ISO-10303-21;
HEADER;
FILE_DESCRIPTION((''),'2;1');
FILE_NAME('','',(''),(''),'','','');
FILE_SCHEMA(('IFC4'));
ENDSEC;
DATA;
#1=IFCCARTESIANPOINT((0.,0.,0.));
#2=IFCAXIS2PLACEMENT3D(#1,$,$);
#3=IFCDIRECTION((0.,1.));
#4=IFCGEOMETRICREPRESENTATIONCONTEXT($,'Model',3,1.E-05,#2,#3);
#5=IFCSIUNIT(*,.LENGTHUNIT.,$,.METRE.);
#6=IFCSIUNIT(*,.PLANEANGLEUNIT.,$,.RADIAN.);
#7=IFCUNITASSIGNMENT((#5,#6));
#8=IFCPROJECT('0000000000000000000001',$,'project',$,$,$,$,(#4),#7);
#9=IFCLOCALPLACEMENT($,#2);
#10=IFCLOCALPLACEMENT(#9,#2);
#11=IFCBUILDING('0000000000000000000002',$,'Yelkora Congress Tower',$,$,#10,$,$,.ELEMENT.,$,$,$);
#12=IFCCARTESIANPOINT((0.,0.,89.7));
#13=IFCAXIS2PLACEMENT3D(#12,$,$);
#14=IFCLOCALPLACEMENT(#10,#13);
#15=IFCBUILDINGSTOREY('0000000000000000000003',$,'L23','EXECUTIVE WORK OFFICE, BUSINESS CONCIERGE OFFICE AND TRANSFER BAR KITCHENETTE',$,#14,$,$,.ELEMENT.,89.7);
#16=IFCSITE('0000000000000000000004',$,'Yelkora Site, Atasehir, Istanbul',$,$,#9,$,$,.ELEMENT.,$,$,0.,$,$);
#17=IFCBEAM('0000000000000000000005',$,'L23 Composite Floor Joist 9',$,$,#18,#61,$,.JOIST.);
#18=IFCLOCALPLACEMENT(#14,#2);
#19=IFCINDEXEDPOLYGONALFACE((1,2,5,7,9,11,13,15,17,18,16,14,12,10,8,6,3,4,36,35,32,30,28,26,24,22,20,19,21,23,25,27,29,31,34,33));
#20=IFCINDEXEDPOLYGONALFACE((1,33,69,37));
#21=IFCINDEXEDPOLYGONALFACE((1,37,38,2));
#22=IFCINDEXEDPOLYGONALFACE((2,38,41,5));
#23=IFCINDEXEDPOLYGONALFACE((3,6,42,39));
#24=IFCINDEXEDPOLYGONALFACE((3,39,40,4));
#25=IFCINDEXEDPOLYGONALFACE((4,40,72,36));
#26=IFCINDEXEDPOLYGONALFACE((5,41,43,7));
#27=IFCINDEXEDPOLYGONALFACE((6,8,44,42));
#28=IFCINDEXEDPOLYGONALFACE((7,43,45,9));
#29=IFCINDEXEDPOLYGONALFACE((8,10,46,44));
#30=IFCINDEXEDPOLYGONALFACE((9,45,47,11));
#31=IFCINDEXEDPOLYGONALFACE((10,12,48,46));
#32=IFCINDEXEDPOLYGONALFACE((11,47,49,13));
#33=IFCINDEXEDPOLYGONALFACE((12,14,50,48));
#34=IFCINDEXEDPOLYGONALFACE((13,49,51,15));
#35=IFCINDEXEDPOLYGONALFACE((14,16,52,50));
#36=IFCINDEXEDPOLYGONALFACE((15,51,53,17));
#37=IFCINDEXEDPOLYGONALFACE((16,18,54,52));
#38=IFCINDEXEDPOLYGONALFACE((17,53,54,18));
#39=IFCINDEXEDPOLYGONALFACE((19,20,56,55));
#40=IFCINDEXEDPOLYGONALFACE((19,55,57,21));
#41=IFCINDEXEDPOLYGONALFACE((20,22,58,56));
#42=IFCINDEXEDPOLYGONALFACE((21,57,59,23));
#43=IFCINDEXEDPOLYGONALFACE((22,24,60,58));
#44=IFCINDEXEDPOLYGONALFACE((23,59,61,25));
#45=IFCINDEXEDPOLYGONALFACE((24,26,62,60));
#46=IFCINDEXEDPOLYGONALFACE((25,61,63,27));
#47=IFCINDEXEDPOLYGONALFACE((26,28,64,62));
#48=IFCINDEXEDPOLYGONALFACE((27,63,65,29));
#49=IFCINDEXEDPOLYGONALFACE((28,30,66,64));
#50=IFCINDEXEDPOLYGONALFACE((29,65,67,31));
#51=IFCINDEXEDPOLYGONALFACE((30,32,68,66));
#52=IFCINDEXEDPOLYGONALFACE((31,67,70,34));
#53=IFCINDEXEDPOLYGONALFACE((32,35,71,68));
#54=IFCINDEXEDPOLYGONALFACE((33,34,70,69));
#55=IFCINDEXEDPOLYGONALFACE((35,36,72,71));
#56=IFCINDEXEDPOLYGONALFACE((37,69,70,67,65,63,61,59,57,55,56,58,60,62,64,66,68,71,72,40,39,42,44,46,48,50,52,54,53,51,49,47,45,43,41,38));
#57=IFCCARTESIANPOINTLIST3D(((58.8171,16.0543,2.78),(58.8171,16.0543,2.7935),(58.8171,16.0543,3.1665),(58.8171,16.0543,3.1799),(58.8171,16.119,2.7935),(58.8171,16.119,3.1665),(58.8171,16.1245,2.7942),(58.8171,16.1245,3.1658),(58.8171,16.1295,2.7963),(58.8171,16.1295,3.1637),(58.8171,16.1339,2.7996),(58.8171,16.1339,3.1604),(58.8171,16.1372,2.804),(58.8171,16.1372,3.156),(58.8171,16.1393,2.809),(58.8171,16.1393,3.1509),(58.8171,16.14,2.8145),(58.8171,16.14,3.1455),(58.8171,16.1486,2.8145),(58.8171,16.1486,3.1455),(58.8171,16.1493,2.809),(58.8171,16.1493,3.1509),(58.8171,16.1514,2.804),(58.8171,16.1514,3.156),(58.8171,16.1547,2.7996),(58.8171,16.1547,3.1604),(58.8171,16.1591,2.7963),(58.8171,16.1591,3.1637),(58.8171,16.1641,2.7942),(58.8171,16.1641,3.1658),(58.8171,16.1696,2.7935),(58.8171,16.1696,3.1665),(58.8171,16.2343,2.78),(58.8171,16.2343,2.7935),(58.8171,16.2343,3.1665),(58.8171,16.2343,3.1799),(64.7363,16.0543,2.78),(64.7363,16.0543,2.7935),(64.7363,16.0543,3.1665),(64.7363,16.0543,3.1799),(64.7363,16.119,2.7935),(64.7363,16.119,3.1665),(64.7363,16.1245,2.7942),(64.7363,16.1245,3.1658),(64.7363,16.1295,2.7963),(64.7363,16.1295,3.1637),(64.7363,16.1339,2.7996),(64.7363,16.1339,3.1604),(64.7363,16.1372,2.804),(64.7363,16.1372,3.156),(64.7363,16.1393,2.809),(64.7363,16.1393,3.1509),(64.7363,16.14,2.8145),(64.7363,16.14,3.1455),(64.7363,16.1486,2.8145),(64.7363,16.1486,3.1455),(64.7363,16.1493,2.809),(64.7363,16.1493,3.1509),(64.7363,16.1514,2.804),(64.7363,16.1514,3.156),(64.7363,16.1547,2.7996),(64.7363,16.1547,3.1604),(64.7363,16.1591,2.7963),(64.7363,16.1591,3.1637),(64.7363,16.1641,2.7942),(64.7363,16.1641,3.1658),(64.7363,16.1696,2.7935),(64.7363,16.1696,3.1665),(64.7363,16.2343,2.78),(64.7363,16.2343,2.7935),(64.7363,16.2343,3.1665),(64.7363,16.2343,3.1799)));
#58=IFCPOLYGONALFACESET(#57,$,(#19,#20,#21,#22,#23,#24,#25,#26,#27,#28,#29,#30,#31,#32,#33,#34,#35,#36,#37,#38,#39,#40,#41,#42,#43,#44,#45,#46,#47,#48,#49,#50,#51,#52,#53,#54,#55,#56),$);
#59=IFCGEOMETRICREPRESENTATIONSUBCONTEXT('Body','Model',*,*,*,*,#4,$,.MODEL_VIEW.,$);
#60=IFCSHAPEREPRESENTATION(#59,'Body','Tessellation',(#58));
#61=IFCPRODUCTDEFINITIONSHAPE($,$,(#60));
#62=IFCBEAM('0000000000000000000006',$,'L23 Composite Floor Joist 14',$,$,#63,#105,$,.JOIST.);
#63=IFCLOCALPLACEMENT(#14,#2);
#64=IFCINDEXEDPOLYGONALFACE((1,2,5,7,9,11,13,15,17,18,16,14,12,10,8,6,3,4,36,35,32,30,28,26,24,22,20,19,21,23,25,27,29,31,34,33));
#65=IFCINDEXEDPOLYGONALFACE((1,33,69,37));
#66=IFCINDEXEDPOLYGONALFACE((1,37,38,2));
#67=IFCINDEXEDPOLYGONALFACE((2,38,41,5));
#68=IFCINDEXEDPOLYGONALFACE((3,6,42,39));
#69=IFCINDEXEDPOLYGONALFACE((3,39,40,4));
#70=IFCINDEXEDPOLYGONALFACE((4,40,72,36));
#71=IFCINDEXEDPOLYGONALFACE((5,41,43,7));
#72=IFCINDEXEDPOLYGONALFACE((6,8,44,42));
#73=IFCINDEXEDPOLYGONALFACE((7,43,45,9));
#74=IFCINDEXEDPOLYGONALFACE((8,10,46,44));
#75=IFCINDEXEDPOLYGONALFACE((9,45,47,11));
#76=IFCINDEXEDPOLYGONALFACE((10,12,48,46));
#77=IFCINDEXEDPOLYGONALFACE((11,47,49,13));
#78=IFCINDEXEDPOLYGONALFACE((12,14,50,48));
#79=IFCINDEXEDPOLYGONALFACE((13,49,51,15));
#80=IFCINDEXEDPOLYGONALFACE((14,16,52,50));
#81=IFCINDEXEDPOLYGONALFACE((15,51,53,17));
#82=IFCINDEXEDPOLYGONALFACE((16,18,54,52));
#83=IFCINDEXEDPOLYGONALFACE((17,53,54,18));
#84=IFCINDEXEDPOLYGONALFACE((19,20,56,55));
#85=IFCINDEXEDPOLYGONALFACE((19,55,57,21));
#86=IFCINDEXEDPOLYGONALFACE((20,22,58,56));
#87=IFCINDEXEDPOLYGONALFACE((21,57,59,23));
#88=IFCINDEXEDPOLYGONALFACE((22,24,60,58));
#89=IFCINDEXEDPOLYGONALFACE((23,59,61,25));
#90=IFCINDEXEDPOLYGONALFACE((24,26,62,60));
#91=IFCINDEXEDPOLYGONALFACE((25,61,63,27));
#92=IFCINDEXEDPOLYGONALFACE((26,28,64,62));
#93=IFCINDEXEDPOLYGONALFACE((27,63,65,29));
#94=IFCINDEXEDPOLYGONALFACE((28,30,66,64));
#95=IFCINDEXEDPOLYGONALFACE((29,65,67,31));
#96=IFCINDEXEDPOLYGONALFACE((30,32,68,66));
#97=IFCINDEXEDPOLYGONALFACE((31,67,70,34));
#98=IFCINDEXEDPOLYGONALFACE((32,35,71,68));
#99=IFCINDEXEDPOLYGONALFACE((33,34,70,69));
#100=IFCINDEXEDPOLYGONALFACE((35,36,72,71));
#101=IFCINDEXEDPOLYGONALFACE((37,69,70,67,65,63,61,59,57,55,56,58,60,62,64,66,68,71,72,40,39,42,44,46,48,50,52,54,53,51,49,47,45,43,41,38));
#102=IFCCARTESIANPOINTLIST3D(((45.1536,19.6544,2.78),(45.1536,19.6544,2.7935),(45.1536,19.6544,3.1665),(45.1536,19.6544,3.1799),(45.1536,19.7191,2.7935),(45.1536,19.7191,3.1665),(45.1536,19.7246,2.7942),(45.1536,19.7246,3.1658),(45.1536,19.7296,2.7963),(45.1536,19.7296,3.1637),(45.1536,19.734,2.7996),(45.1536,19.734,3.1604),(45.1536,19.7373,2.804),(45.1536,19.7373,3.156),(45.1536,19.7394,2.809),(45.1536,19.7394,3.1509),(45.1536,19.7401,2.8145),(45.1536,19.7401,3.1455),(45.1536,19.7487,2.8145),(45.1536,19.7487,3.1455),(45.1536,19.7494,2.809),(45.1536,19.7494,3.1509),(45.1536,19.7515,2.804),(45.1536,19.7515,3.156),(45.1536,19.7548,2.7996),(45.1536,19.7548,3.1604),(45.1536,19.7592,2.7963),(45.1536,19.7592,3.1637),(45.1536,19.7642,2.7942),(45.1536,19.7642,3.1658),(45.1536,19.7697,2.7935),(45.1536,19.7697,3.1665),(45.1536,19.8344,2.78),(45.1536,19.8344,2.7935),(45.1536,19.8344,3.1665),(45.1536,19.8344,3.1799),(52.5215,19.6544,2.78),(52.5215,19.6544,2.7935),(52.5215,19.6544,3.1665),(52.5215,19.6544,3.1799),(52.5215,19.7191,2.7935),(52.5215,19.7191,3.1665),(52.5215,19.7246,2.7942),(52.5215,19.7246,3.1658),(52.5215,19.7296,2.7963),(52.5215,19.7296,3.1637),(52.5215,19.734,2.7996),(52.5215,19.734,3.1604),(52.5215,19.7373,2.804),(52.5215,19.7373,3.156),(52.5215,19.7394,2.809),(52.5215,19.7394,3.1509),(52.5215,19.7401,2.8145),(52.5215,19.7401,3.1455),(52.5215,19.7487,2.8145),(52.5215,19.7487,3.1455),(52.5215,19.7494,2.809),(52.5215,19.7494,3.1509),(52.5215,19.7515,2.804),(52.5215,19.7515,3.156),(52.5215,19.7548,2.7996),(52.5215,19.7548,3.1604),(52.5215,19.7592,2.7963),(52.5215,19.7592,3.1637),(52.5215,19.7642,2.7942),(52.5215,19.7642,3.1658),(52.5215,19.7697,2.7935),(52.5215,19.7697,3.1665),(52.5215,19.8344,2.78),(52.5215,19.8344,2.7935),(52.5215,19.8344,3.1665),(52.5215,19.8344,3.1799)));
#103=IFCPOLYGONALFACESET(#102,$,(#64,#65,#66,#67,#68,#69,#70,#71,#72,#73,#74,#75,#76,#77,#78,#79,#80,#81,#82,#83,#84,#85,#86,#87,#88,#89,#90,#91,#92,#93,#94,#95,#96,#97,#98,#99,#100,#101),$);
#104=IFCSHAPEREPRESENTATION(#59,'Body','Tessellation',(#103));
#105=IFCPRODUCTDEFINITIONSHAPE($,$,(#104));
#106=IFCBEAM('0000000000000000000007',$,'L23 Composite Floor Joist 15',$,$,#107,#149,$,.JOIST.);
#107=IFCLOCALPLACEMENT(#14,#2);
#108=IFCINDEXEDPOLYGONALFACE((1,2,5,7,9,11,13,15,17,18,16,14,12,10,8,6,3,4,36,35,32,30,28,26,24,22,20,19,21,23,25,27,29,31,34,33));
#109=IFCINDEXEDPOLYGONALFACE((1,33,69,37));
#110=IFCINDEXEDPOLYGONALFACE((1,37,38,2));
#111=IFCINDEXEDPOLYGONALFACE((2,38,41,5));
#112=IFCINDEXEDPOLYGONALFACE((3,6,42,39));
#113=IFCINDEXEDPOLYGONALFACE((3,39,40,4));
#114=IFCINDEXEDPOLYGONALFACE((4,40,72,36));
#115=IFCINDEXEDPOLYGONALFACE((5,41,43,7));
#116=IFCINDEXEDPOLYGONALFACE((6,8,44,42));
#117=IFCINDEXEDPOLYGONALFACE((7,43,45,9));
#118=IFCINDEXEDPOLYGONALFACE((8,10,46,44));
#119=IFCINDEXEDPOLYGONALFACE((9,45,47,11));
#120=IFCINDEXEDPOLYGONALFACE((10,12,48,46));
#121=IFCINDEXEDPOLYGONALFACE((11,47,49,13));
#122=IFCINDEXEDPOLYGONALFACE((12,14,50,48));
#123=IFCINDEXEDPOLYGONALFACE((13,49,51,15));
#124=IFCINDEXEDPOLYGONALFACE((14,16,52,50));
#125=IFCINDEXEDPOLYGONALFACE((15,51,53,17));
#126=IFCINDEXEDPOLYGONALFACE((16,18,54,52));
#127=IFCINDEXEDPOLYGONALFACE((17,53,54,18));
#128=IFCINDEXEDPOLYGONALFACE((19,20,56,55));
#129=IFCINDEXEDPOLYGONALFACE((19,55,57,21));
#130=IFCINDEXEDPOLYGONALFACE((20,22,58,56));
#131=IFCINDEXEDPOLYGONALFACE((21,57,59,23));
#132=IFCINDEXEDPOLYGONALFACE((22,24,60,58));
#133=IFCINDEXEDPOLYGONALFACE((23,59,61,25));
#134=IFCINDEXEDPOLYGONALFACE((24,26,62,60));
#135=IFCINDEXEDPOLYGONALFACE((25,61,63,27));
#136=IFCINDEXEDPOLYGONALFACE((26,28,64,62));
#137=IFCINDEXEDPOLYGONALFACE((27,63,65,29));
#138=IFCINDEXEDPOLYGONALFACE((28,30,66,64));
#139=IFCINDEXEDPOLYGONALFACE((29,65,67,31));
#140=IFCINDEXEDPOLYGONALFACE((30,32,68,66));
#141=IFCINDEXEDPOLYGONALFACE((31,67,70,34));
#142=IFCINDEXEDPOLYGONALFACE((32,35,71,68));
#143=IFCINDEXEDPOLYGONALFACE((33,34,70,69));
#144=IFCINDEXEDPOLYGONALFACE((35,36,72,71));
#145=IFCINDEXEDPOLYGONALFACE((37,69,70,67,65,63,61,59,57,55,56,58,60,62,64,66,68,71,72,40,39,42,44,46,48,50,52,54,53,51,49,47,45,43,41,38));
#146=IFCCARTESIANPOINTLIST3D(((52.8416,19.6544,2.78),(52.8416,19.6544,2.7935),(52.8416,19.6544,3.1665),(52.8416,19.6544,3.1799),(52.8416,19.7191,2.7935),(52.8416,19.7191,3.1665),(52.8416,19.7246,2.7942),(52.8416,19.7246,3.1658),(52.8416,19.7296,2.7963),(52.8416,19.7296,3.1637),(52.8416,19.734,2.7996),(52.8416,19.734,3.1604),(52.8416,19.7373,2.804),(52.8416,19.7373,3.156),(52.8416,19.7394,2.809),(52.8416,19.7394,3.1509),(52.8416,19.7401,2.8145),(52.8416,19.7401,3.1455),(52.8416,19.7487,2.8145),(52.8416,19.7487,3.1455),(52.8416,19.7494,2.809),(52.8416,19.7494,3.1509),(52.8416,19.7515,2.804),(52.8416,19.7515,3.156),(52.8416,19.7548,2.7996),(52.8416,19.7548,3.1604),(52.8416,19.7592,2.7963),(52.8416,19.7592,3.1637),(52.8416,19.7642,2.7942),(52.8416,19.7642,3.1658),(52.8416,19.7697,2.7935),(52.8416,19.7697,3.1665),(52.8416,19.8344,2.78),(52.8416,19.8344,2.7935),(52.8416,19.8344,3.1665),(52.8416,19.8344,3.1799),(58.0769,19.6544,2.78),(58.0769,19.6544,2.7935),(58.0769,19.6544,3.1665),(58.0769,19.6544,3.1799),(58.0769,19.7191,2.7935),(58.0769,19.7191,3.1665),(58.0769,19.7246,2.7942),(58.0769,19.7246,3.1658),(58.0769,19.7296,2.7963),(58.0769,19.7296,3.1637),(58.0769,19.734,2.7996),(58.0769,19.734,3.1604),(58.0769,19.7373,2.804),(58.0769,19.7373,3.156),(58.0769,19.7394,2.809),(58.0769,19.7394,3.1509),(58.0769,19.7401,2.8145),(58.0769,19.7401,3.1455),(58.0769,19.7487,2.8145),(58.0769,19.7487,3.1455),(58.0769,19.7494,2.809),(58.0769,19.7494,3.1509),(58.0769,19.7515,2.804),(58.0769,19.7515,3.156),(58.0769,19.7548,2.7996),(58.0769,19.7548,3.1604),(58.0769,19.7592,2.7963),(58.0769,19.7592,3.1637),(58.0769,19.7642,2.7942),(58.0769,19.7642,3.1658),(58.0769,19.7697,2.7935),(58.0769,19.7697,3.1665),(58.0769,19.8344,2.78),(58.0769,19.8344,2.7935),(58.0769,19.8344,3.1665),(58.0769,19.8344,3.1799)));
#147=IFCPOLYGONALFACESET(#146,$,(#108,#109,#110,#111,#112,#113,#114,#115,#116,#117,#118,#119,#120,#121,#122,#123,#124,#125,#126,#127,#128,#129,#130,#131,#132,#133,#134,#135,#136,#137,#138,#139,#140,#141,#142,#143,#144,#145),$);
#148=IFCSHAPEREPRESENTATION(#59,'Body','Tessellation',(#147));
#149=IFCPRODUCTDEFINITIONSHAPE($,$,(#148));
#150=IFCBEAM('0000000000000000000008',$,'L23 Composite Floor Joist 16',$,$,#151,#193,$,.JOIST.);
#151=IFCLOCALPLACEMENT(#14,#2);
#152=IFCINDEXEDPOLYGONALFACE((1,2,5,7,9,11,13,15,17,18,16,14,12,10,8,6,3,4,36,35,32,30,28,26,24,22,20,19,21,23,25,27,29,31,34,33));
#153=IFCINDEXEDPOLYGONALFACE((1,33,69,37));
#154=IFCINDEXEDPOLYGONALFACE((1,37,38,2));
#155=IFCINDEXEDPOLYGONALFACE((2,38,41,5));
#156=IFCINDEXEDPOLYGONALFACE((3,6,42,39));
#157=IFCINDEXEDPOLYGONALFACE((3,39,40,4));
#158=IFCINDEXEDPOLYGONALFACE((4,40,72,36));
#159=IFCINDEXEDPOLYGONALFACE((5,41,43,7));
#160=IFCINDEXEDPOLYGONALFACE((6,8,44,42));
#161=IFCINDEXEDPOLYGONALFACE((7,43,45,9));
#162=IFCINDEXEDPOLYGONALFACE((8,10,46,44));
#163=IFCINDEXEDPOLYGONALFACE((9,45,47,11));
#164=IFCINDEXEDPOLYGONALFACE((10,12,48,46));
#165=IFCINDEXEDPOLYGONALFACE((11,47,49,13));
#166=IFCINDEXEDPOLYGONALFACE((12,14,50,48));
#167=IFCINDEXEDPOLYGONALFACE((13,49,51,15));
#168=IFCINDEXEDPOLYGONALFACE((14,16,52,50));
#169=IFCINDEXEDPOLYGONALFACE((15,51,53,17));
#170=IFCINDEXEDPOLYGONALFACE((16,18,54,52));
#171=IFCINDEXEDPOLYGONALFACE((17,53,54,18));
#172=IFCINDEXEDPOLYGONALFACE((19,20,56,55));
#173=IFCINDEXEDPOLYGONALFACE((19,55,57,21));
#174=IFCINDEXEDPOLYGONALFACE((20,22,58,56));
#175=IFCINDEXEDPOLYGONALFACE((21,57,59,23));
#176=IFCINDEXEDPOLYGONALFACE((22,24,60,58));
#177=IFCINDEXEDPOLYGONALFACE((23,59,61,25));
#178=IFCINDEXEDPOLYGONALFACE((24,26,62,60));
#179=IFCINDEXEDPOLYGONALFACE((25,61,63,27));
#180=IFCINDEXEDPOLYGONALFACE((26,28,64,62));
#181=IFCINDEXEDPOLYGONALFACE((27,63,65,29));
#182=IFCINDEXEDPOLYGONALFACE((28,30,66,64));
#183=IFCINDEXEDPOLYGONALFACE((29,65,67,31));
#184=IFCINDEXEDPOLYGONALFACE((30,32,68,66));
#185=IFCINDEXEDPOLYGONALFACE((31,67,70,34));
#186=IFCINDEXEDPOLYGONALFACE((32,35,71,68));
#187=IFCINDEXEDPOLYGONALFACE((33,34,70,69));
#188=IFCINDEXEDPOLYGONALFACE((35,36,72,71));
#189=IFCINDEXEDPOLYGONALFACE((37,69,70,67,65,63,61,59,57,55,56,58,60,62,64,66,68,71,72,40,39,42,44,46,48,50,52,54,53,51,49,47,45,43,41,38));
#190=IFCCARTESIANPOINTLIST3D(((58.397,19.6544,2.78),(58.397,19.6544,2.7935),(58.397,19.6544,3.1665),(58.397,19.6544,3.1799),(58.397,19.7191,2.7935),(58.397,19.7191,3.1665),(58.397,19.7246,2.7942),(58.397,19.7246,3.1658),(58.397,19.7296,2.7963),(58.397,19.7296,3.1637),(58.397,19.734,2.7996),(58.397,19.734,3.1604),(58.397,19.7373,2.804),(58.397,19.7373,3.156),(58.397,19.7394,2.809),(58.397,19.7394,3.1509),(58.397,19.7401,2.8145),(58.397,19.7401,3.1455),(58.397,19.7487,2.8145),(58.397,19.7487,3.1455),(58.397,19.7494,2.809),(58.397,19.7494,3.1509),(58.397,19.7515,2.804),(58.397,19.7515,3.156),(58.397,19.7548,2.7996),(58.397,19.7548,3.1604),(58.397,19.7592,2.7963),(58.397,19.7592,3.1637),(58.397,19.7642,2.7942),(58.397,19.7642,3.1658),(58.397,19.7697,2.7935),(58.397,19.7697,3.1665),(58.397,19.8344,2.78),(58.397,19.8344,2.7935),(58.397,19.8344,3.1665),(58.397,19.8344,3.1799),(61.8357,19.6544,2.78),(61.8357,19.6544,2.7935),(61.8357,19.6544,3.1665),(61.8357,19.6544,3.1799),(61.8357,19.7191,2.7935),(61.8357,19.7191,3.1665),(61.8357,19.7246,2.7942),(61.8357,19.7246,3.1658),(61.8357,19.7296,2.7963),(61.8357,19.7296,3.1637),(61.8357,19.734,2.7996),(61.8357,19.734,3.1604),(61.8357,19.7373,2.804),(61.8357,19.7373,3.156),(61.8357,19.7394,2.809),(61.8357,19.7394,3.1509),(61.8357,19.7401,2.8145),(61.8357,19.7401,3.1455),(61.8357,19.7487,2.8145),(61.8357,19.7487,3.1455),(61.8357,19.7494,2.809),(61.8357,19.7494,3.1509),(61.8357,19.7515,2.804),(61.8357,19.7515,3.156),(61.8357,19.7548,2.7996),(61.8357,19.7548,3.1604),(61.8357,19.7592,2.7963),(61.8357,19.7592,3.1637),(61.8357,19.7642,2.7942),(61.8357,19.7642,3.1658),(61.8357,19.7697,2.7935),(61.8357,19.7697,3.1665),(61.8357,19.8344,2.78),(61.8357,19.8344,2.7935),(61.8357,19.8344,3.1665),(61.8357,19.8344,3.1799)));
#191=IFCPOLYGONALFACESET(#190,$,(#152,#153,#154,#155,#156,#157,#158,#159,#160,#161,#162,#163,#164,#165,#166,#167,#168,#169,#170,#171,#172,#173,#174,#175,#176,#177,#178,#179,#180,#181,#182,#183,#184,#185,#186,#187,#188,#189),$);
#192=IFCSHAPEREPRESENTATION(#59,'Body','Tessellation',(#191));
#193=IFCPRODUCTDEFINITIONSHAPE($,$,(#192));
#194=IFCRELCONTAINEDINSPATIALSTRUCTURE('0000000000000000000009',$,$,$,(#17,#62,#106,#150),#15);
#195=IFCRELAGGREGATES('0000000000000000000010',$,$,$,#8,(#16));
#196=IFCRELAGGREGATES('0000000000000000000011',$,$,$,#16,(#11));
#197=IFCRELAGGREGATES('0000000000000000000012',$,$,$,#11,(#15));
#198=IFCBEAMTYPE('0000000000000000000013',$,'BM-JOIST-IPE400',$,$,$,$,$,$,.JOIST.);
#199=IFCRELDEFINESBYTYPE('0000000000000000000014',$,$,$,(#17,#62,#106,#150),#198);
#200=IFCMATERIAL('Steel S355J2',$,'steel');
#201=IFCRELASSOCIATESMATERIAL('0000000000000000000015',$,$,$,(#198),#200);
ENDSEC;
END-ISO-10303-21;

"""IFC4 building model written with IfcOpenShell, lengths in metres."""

from ifc_helpers import new_model, si_unit, direction, frame, origin, origin_2d, place, context, subcontext, project, spatial, i_section, extrude, material, material_profile, profile_set, type_object, element, save


model = new_model("IFC4")

# Units and contexts
model_context = context("Model", 3, precision=1e-05, world=origin(), true_north=direction((0.0, 1.0)))
body_context = subcontext(model_context, "Body", "Model", "MODEL_VIEW")
ifc_project = project(units=[si_unit("LENGTHUNIT", "METRE"), si_unit("PLANEANGLEUNIT", "RADIAN")], contexts=[model_context])

# Site, building, storey
site_placement = place(None, origin())
site = spatial("IfcSite", under=ifc_project, at=site_placement, Name="Yelkora Site, Atasehir, Istanbul", CompositionType="ELEMENT", RefElevation=0.0)
building_placement = place(site_placement, origin())
building = spatial("IfcBuilding", under=site, at=building_placement, Name="Yelkora Congress Tower", CompositionType="ELEMENT")
storey_placement = place(building_placement, frame((0.0, 0.0, 89.7)))
storey = spatial("IfcBuildingStorey", under=building, at=storey_placement, Name="L23", Description="EXECUTIVE WORK OFFICE, BUSINESS CONCIERGE OFFICE AND TRANSFER BAR KITCHENETTE", CompositionType="ELEMENT", Elevation=89.7)

# Beams
ifc_material_1 = material(Name="Steel S355J2", Category="steel")
ifc_material_profile_1 = material_profile(ifc_material_1, i_section(OverallWidth=0.1799, OverallDepth=0.3999, WebThickness=0.0085, FlangeThickness=0.0134, FilletRadius=0.021, at=origin_2d()), Name="IPE 400")
ifc_profile_set_1 = profile_set([ifc_material_profile_1], Name="Steel S355J2")
beam_type_1 = type_object("IfcBeamType", Name="BM-JOIST-IPE400", PredefinedType="JOIST", material=ifc_profile_set_1)
beam_1_placement = place(storey_placement, frame((58.8171, 16.1443, 2.98), z_axis=(1.0, 0.0, 0.0), x_axis=(0.0, 1.0, 0.0)))
element("IfcBeam", 1, at=beam_1_placement, inside=storey, type_object=beam_type_1, Name="L23 Composite Floor Joist 9", PredefinedType="JOIST", context=body_context, shape_type="SweptSolid", body=[
    extrude(i_section(OverallWidth=0.1799, OverallDepth=0.3999, WebThickness=0.0085, FlangeThickness=0.0134, FilletRadius=0.021, at=origin_2d()), origin(), (0.0, 0.0, 1.0), 5.9192),
])
beam_2_placement = place(storey_placement, frame((45.1536, 19.7444, 2.98), z_axis=(1.0, 0.0, 0.0), x_axis=(0.0, 1.0, 0.0)))
element("IfcBeam", 2, at=beam_2_placement, inside=storey, type_object=beam_type_1, Name="L23 Composite Floor Joist 14", PredefinedType="JOIST", context=body_context, shape_type="SweptSolid", body=[
    extrude(i_section(OverallWidth=0.1799, OverallDepth=0.3999, WebThickness=0.0085, FlangeThickness=0.0134, FilletRadius=0.021, at=origin_2d()), origin(), (0.0, 0.0, 1.0), 7.3679),
])
beam_3_placement = place(storey_placement, frame((52.8416, 19.7444, 2.98), z_axis=(1.0, 0.0, 0.0), x_axis=(0.0, 1.0, 0.0)))
element("IfcBeam", 3, at=beam_3_placement, inside=storey, type_object=beam_type_1, Name="L23 Composite Floor Joist 15", PredefinedType="JOIST", context=body_context, shape_type="SweptSolid", body=[
    extrude(i_section(OverallWidth=0.1799, OverallDepth=0.3999, WebThickness=0.0085, FlangeThickness=0.0134, FilletRadius=0.021, at=origin_2d()), origin(), (0.0, 0.0, 1.0), 5.2354),
])
beam_4_placement = place(storey_placement, frame((58.397, 19.7444, 2.98), z_axis=(1.0, 0.0, 0.0), x_axis=(0.0, 1.0, 0.0)))
element("IfcBeam", 4, at=beam_4_placement, inside=storey, type_object=beam_type_1, Name="L23 Composite Floor Joist 16", PredefinedType="JOIST", context=body_context, shape_type="SweptSolid", body=[
    extrude(i_section(OverallWidth=0.1799, OverallDepth=0.3999, WebThickness=0.0085, FlangeThickness=0.0134, FilletRadius=0.021, at=origin_2d()), origin(), (0.0, 0.0, 1.0), 3.4387),
])

save(model, "model.ifc")
